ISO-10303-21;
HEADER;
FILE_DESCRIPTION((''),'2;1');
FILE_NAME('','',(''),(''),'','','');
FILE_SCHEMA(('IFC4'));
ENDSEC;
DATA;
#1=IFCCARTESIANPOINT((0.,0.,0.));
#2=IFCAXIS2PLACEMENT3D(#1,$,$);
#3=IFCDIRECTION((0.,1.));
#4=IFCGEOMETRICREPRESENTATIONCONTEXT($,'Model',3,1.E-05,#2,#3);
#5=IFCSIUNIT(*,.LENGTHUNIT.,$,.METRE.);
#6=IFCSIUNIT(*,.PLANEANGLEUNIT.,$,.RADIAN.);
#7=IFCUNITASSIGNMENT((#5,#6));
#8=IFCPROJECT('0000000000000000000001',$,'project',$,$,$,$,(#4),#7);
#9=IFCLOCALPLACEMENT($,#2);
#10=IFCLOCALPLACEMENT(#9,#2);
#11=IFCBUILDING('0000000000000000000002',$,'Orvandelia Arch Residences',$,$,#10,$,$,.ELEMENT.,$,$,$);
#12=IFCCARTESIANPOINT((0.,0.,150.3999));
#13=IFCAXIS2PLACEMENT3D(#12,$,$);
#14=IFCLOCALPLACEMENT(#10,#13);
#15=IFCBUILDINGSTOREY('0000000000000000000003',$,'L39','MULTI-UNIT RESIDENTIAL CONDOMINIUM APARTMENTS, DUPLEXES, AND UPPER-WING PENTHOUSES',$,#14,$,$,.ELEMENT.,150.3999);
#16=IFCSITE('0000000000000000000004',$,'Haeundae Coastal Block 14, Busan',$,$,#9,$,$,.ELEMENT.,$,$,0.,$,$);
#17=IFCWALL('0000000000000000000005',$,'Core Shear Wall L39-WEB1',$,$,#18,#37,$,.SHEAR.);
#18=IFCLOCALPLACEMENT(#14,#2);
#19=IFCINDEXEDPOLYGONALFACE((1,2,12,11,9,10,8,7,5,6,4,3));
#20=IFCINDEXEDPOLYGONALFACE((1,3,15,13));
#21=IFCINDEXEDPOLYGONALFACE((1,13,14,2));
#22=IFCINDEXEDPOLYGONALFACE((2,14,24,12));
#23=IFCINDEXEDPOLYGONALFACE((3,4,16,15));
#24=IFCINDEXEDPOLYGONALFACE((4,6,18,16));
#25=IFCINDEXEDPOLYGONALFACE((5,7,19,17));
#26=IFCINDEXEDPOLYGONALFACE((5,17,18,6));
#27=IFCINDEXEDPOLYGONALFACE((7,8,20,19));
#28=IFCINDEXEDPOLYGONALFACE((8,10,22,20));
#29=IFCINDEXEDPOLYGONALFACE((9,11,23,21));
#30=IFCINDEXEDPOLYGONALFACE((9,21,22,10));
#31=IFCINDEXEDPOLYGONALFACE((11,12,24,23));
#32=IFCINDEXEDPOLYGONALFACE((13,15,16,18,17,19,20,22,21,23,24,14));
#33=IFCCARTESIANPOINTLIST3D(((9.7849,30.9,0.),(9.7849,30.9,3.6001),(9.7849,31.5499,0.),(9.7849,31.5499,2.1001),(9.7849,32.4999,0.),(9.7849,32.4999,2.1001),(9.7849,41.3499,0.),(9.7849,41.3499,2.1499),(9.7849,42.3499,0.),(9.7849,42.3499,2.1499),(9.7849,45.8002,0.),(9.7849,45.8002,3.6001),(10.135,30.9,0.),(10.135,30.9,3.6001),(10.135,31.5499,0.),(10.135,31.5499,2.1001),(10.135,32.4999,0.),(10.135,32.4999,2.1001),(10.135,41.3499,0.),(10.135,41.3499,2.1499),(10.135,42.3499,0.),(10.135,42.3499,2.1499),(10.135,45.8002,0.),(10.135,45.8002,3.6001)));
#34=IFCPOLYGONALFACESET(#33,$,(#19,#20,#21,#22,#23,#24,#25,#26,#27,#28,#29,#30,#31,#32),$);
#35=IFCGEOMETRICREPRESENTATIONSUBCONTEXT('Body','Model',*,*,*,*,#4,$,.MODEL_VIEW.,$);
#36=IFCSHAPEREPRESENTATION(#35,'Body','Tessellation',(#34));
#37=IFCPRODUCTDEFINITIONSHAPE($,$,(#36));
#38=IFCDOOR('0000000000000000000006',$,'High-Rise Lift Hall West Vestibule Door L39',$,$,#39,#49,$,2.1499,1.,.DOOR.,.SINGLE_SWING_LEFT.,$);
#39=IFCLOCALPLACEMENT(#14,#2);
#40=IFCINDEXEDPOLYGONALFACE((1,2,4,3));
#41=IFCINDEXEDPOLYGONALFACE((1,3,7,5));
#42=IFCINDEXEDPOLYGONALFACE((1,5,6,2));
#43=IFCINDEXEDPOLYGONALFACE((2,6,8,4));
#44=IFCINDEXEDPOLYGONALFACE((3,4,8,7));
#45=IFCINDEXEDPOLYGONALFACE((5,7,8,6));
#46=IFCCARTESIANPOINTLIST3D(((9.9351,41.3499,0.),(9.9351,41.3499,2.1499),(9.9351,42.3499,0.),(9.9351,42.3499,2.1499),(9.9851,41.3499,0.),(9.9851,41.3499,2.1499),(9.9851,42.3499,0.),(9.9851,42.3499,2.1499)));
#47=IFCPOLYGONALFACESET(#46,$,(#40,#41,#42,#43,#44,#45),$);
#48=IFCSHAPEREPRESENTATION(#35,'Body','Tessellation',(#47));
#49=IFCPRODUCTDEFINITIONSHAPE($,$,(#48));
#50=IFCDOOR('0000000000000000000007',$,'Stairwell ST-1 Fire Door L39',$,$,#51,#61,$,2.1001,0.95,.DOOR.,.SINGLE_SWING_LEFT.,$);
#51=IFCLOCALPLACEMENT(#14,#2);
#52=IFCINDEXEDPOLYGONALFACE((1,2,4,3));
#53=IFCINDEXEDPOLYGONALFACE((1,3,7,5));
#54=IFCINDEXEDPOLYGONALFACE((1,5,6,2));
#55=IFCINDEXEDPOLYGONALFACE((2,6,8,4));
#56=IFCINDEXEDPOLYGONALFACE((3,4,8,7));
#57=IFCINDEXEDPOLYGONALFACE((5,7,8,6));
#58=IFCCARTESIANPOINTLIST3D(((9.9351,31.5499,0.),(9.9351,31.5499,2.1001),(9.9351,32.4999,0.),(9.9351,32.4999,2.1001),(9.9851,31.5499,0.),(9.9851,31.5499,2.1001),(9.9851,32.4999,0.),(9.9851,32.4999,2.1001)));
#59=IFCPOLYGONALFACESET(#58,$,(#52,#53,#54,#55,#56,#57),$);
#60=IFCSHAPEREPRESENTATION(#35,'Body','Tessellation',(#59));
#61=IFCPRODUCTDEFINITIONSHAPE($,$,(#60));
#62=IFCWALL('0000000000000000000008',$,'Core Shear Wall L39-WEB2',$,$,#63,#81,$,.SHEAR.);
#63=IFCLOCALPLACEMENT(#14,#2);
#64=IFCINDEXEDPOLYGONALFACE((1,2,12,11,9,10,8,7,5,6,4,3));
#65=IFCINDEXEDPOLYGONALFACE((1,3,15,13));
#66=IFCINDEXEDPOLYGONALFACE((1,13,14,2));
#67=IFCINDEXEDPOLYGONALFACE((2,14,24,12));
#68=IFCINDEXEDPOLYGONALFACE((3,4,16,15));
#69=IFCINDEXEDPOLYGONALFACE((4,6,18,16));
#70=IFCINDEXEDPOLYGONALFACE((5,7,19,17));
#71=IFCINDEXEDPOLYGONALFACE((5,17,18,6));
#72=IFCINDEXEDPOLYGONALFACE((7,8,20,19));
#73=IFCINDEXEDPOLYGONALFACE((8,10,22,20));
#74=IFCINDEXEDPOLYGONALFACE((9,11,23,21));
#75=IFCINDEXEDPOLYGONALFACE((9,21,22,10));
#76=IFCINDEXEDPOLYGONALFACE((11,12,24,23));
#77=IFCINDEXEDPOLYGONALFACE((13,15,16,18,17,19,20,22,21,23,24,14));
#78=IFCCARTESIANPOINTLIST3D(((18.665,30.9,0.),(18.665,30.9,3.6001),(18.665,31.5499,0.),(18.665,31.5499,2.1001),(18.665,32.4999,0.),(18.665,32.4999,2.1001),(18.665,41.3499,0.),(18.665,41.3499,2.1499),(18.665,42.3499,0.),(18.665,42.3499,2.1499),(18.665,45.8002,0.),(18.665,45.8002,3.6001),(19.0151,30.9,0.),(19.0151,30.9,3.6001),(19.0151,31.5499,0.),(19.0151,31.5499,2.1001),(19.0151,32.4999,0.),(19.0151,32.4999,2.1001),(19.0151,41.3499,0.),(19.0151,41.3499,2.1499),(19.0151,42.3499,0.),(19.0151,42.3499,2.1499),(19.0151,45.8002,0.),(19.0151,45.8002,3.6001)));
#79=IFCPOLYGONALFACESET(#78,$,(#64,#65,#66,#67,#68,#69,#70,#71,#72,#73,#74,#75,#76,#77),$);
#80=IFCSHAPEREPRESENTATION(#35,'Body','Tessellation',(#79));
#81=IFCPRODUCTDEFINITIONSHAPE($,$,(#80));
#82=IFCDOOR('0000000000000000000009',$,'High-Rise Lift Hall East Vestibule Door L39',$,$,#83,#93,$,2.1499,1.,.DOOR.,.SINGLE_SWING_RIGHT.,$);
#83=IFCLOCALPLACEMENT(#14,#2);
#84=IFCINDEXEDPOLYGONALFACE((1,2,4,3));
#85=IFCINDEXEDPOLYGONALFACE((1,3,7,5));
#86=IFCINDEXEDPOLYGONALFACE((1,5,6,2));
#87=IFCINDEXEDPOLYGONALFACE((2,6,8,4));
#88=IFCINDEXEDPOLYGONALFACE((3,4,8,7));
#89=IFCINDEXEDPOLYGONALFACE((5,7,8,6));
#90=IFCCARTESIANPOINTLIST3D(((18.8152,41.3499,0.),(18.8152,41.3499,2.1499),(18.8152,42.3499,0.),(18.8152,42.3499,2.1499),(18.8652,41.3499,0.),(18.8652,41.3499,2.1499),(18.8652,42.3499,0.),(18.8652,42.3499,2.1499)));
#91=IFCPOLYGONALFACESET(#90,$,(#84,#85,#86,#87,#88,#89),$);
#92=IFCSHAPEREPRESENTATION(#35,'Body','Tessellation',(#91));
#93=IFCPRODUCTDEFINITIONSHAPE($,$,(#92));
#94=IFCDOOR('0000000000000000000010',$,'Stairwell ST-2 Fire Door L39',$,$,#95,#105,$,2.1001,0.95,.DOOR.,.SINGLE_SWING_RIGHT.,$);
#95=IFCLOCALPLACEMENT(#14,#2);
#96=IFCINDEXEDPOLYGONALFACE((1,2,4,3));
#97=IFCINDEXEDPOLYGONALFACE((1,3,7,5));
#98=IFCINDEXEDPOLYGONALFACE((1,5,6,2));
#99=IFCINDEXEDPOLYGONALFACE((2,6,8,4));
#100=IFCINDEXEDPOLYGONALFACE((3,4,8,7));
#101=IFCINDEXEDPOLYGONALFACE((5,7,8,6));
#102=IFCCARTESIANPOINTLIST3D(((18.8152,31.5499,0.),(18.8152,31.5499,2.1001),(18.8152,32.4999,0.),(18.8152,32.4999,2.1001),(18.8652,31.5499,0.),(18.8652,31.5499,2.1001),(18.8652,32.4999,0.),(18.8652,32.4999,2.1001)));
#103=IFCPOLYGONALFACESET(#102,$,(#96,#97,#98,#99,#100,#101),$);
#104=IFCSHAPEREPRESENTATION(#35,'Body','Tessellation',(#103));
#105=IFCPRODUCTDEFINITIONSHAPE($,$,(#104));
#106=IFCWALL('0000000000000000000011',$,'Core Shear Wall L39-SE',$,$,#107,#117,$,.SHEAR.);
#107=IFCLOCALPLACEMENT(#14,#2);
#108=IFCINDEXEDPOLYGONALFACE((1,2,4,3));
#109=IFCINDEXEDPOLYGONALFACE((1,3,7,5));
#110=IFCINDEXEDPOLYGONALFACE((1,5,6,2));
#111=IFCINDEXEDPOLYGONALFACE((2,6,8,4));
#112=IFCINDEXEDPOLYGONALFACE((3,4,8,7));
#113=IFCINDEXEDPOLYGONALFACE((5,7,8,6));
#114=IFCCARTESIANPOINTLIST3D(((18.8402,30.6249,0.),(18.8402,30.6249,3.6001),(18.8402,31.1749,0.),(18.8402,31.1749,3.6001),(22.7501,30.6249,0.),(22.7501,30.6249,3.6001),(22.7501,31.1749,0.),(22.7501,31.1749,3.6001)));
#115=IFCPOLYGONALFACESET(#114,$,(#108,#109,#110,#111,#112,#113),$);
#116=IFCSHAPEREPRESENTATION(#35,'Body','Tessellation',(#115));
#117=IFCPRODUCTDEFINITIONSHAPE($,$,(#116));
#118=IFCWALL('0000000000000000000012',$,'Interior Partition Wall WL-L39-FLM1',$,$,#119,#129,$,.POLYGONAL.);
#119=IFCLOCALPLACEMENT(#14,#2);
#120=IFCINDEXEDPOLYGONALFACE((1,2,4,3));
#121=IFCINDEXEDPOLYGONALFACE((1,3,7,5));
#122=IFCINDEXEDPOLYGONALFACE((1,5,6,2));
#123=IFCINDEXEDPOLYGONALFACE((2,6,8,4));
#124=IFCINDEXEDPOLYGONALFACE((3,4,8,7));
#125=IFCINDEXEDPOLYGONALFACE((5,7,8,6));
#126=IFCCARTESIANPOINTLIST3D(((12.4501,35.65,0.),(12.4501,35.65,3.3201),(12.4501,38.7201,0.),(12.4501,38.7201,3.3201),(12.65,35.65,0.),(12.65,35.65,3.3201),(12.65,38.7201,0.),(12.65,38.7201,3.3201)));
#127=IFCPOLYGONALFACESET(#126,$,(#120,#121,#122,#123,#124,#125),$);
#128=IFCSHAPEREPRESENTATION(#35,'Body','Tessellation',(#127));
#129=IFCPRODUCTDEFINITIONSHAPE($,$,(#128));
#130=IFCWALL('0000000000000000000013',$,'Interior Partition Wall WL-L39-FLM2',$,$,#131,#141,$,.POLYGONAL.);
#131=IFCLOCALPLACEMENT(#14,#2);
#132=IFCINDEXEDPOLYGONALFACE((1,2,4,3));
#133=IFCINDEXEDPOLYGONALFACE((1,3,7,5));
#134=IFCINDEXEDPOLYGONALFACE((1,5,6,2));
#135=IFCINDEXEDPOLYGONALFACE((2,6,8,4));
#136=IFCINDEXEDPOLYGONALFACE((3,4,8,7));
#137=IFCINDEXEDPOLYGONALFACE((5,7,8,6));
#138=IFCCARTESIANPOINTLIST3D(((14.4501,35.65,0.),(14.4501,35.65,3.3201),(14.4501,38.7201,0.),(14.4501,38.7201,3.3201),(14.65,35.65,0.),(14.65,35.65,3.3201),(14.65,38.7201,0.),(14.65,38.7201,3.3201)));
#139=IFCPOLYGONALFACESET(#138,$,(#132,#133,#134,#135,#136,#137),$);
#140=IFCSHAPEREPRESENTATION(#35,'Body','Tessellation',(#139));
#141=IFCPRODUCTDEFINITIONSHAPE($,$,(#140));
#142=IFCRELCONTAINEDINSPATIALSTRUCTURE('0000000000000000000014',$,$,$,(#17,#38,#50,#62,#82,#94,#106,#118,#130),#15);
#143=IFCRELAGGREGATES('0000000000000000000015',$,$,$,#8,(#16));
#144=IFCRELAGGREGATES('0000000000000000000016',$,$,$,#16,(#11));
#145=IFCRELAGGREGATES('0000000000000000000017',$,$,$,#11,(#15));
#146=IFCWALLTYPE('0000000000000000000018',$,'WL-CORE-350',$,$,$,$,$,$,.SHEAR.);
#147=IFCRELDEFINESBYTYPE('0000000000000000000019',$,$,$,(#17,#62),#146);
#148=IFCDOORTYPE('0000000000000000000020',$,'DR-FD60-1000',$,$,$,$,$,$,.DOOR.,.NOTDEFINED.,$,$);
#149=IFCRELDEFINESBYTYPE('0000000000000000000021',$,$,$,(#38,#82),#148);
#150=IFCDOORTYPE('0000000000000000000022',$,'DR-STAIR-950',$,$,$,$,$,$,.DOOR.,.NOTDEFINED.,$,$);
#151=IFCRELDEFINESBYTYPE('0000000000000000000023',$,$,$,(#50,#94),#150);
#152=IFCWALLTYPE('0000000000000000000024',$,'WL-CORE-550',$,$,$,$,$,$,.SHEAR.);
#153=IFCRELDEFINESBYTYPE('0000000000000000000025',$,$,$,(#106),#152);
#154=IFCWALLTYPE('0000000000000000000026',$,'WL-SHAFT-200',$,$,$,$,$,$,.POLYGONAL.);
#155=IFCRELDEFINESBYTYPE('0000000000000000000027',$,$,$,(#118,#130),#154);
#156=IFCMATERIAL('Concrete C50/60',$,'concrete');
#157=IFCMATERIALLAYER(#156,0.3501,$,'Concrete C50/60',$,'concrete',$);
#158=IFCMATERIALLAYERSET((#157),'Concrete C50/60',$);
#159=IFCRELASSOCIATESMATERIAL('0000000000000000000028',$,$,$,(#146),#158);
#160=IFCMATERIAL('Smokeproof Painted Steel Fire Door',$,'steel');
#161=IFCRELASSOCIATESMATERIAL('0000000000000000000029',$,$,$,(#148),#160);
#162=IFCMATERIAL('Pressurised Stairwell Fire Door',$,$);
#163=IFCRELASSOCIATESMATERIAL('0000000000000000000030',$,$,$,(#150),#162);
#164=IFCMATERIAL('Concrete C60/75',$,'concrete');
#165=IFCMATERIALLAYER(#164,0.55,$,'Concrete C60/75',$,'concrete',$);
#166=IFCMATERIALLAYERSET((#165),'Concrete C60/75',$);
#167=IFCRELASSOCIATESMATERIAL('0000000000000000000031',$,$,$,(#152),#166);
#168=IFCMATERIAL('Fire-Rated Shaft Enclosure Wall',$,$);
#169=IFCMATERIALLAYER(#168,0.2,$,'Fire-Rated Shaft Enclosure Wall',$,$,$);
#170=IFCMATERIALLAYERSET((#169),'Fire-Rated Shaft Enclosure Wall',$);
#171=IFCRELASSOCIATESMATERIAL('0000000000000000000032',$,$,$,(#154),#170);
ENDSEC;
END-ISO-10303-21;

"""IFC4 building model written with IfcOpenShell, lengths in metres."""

from ifc_helpers import new_model, si_unit, direction, frame, frame_2d, origin, place, context, subcontext, project, spatial, rectangle, extrude, material, layer, layer_set, type_object, element, fill, save


model = new_model("IFC4")

# Units and contexts
model_context = context("Model", 3, precision=1e-05, world=origin(), true_north=direction((0.0, 1.0)))
body_context = subcontext(model_context, "Body", "Model", "MODEL_VIEW")
ifc_project = project(units=[si_unit("LENGTHUNIT", "METRE"), si_unit("PLANEANGLEUNIT", "RADIAN")], contexts=[model_context])

# Site, building, storey
site_placement = place(None, origin())
site = spatial("IfcSite", under=ifc_project, at=site_placement, Name="Haeundae Coastal Block 14, Busan", CompositionType="ELEMENT", RefElevation=0.0)
building_placement = place(site_placement, origin())
building = spatial("IfcBuilding", under=site, at=building_placement, Name="Orvandelia Arch Residences", CompositionType="ELEMENT")
storey_placement = place(building_placement, frame((0.0, 0.0, 150.3999)))
storey = spatial("IfcBuildingStorey", under=building, at=storey_placement, Name="L39", Description="MULTI-UNIT RESIDENTIAL CONDOMINIUM APARTMENTS, DUPLEXES, AND UPPER-WING PENTHOUSES", CompositionType="ELEMENT", Elevation=150.3999)

# Walls, openings, doors
ifc_material_1 = material(Name="Concrete C50/60", Category="concrete")
ifc_layer_1 = layer(ifc_material_1, 0.3501, Name="Concrete C50/60", Category="concrete")
ifc_layer_set_1 = layer_set([ifc_layer_1], Name="Concrete C50/60")
wall_type_1 = type_object("IfcWallType", Name="WL-CORE-350", PredefinedType="SHEAR", material=ifc_layer_set_1)
wall_1_placement = place(storey_placement, frame((9.96, 30.8999, 0.0), z_axis=(0.0, 0.0, 1.0), x_axis=(0.0, 1.0, 0.0)))
wall_1 = element("IfcWall", 1, at=wall_1_placement, inside=storey, type_object=wall_type_1, Name="Core Shear Wall L39-WEB1", PredefinedType="SHEAR", context=body_context, shape_type="SweptSolid", body=[
    extrude(rectangle(XDim=14.9001, YDim=0.3501, at=frame_2d((7.4502, 0.0))), origin(), (0.0, 0.0, 1.0), 3.6001),
])
opening_1_placement = place(wall_1_placement, frame((0.6499, 0.0, 0.0)))
opening_1 = element("IfcOpeningElement", 2, at=opening_1_placement, cuts=wall_1, PredefinedType="OPENING", context=body_context, shape_type="SweptSolid", body=[
    extrude(rectangle(XDim=0.95, YDim=2.1001, at=frame_2d((0.4751, 1.05))), frame((0.0, 0.1851, 0.0), z_axis=(0.0, -1.0, 0.0), x_axis=(1.0, 0.0, 0.0)), (0.0, 0.0, 1.0), 0.3701),
])
opening_2_placement = place(wall_1_placement, frame((10.45, 0.0, 0.0)))
opening_2 = element("IfcOpeningElement", 3, at=opening_2_placement, cuts=wall_1, PredefinedType="OPENING", context=body_context, shape_type="SweptSolid", body=[
    extrude(rectangle(XDim=1.0, YDim=2.1499, at=frame_2d((0.5, 1.075))), frame((0.0, 0.1851, 0.0), z_axis=(0.0, -1.0, 0.0), x_axis=(1.0, 0.0, 0.0)), (0.0, 0.0, 1.0), 0.3701),
])
ifc_material_2 = material(Name="Smokeproof Painted Steel Fire Door", Category="steel")
door_type_1 = type_object("IfcDoorType", Name="DR-FD60-1000", OperationType="NOTDEFINED", PredefinedType="DOOR", material=ifc_material_2)
door_1_placement = place(opening_2_placement, origin())
door_1 = element("IfcDoor", 4, at=door_1_placement, inside=storey, type_object=door_type_1, Name="High-Rise Lift Hall West Vestibule Door L39", OperationType="SINGLE_SWING_LEFT", OverallHeight=2.1499, OverallWidth=1.0, PredefinedType="DOOR", context=body_context, shape_type="SweptSolid", body=[
    extrude(rectangle(XDim=1.0, YDim=2.1499, at=frame_2d((0.5, 1.075))), frame((0.0, 0.0249, 0.0), z_axis=(0.0, -1.0, 0.0), x_axis=(1.0, 0.0, 0.0)), (0.0, 0.0, 1.0), 0.05),
])
fill(opening_2, door_1)
ifc_material_3 = material(Name="Pressurised Stairwell Fire Door")
door_type_2 = type_object("IfcDoorType", Name="DR-STAIR-950", OperationType="NOTDEFINED", PredefinedType="DOOR", material=ifc_material_3)
door_2_placement = place(opening_1_placement, origin())
door_2 = element("IfcDoor", 5, at=door_2_placement, inside=storey, type_object=door_type_2, Name="Stairwell ST-1 Fire Door L39", OperationType="SINGLE_SWING_LEFT", OverallHeight=2.1001, OverallWidth=0.95, PredefinedType="DOOR", context=body_context, shape_type="SweptSolid", body=[
    extrude(rectangle(XDim=0.95, YDim=2.1001, at=frame_2d((0.4751, 1.05))), frame((0.0, 0.0249, 0.0), z_axis=(0.0, -1.0, 0.0), x_axis=(1.0, 0.0, 0.0)), (0.0, 0.0, 1.0), 0.05),
])
fill(opening_1, door_2)
wall_2_placement = place(storey_placement, frame((18.8401, 30.8999, 0.0), z_axis=(0.0, 0.0, 1.0), x_axis=(0.0, 1.0, 0.0)))
wall_2 = element("IfcWall", 6, at=wall_2_placement, inside=storey, type_object=wall_type_1, Name="Core Shear Wall L39-WEB2", PredefinedType="SHEAR", context=body_context, shape_type="SweptSolid", body=[
    extrude(rectangle(XDim=14.9001, YDim=0.3501, at=frame_2d((7.4502, 0.0))), origin(), (0.0, 0.0, 1.0), 3.6001),
])
opening_3_placement = place(wall_2_placement, frame((0.6499, 0.0, 0.0)))
opening_3 = element("IfcOpeningElement", 7, at=opening_3_placement, cuts=wall_2, PredefinedType="OPENING", context=body_context, shape_type="SweptSolid", body=[
    extrude(rectangle(XDim=0.95, YDim=2.1001, at=frame_2d((0.4751, 1.05))), frame((0.0, 0.1851, 0.0), z_axis=(0.0, -1.0, 0.0), x_axis=(1.0, 0.0, 0.0)), (0.0, 0.0, 1.0), 0.3701),
])
opening_4_placement = place(wall_2_placement, frame((10.45, 0.0, 0.0)))
opening_4 = element("IfcOpeningElement", 8, at=opening_4_placement, cuts=wall_2, PredefinedType="OPENING", context=body_context, shape_type="SweptSolid", body=[
    extrude(rectangle(XDim=1.0, YDim=2.1499, at=frame_2d((0.5, 1.075))), frame((0.0, 0.1851, 0.0), z_axis=(0.0, -1.0, 0.0), x_axis=(1.0, 0.0, 0.0)), (0.0, 0.0, 1.0), 0.3701),
])
door_3_placement = place(opening_4_placement, origin())
door_3 = element("IfcDoor", 9, at=door_3_placement, inside=storey, type_object=door_type_1, Name="High-Rise Lift Hall East Vestibule Door L39", OperationType="SINGLE_SWING_RIGHT", OverallHeight=2.1499, OverallWidth=1.0, PredefinedType="DOOR", context=body_context, shape_type="SweptSolid", body=[
    extrude(rectangle(XDim=1.0, YDim=2.1499, at=frame_2d((0.5, 1.075))), frame((0.0, 0.0249, 0.0), z_axis=(0.0, -1.0, 0.0), x_axis=(1.0, 0.0, 0.0)), (0.0, 0.0, 1.0), 0.05),
])
fill(opening_4, door_3)
door_4_placement = place(opening_3_placement, origin())
door_4 = element("IfcDoor", 10, at=door_4_placement, inside=storey, type_object=door_type_2, Name="Stairwell ST-2 Fire Door L39", OperationType="SINGLE_SWING_RIGHT", OverallHeight=2.1001, OverallWidth=0.95, PredefinedType="DOOR", context=body_context, shape_type="SweptSolid", body=[
    extrude(rectangle(XDim=0.95, YDim=2.1001, at=frame_2d((0.4751, 1.05))), frame((0.0, 0.0249, 0.0), z_axis=(0.0, -1.0, 0.0), x_axis=(1.0, 0.0, 0.0)), (0.0, 0.0, 1.0), 0.05),
])
fill(opening_3, door_4)

# Shared definitions
ifc_material_4 = material(Name="Concrete C60/75", Category="concrete")
ifc_layer_2 = layer(ifc_material_4, 0.55, Name="Concrete C60/75", Category="concrete")
ifc_layer_set_2 = layer_set([ifc_layer_2], Name="Concrete C60/75")
wall_type_2 = type_object("IfcWallType", Name="WL-CORE-550", PredefinedType="SHEAR", material=ifc_layer_set_2)

# Walls
wall_3_placement = place(storey_placement, frame((18.8401, 30.8999, 0.0), z_axis=(0.0, 0.0, 1.0), x_axis=(1.0, 0.0, 0.0)))
element("IfcWall", 11, at=wall_3_placement, inside=storey, type_object=wall_type_2, Name="Core Shear Wall L39-SE", PredefinedType="SHEAR", context=body_context, shape_type="SweptSolid", body=[
    extrude(rectangle(XDim=3.9099, YDim=0.55, at=frame_2d((1.9551, 0.0))), origin(), (0.0, 0.0, 1.0), 3.6001),
])
ifc_material_5 = material(Name="Fire-Rated Shaft Enclosure Wall")
ifc_layer_3 = layer(ifc_material_5, 0.2, Name="Fire-Rated Shaft Enclosure Wall")
ifc_layer_set_3 = layer_set([ifc_layer_3], Name="Fire-Rated Shaft Enclosure Wall")
wall_type_3 = type_object("IfcWallType", Name="WL-SHAFT-200", PredefinedType="POLYGONAL", material=ifc_layer_set_3)
for number, where, z_axis, x_axis, name in (
    (12, (12.55, 35.6499, 0.0), (0.0, 0.0, 1.0), (0.0, 1.0, 0.0), "Interior Partition Wall WL-L39-FLM1"),
    (13, (14.55, 35.6499, 0.0), (0.0, 0.0, 1.0), (0.0, 1.0, 0.0), "Interior Partition Wall WL-L39-FLM2"),
):
    element("IfcWall", number, at=place(storey_placement, frame(where, z_axis=z_axis, x_axis=x_axis)), inside=storey, type_object=wall_type_3, Name=name, PredefinedType="POLYGONAL", context=body_context, shape_type="SweptSolid", body=[
        extrude(rectangle(XDim=3.0701, YDim=0.2, at=frame_2d((1.5352, 0.0))), origin(), (0.0, 0.0, 1.0), 3.3201),
    ])

save(model, "model.ifc")
